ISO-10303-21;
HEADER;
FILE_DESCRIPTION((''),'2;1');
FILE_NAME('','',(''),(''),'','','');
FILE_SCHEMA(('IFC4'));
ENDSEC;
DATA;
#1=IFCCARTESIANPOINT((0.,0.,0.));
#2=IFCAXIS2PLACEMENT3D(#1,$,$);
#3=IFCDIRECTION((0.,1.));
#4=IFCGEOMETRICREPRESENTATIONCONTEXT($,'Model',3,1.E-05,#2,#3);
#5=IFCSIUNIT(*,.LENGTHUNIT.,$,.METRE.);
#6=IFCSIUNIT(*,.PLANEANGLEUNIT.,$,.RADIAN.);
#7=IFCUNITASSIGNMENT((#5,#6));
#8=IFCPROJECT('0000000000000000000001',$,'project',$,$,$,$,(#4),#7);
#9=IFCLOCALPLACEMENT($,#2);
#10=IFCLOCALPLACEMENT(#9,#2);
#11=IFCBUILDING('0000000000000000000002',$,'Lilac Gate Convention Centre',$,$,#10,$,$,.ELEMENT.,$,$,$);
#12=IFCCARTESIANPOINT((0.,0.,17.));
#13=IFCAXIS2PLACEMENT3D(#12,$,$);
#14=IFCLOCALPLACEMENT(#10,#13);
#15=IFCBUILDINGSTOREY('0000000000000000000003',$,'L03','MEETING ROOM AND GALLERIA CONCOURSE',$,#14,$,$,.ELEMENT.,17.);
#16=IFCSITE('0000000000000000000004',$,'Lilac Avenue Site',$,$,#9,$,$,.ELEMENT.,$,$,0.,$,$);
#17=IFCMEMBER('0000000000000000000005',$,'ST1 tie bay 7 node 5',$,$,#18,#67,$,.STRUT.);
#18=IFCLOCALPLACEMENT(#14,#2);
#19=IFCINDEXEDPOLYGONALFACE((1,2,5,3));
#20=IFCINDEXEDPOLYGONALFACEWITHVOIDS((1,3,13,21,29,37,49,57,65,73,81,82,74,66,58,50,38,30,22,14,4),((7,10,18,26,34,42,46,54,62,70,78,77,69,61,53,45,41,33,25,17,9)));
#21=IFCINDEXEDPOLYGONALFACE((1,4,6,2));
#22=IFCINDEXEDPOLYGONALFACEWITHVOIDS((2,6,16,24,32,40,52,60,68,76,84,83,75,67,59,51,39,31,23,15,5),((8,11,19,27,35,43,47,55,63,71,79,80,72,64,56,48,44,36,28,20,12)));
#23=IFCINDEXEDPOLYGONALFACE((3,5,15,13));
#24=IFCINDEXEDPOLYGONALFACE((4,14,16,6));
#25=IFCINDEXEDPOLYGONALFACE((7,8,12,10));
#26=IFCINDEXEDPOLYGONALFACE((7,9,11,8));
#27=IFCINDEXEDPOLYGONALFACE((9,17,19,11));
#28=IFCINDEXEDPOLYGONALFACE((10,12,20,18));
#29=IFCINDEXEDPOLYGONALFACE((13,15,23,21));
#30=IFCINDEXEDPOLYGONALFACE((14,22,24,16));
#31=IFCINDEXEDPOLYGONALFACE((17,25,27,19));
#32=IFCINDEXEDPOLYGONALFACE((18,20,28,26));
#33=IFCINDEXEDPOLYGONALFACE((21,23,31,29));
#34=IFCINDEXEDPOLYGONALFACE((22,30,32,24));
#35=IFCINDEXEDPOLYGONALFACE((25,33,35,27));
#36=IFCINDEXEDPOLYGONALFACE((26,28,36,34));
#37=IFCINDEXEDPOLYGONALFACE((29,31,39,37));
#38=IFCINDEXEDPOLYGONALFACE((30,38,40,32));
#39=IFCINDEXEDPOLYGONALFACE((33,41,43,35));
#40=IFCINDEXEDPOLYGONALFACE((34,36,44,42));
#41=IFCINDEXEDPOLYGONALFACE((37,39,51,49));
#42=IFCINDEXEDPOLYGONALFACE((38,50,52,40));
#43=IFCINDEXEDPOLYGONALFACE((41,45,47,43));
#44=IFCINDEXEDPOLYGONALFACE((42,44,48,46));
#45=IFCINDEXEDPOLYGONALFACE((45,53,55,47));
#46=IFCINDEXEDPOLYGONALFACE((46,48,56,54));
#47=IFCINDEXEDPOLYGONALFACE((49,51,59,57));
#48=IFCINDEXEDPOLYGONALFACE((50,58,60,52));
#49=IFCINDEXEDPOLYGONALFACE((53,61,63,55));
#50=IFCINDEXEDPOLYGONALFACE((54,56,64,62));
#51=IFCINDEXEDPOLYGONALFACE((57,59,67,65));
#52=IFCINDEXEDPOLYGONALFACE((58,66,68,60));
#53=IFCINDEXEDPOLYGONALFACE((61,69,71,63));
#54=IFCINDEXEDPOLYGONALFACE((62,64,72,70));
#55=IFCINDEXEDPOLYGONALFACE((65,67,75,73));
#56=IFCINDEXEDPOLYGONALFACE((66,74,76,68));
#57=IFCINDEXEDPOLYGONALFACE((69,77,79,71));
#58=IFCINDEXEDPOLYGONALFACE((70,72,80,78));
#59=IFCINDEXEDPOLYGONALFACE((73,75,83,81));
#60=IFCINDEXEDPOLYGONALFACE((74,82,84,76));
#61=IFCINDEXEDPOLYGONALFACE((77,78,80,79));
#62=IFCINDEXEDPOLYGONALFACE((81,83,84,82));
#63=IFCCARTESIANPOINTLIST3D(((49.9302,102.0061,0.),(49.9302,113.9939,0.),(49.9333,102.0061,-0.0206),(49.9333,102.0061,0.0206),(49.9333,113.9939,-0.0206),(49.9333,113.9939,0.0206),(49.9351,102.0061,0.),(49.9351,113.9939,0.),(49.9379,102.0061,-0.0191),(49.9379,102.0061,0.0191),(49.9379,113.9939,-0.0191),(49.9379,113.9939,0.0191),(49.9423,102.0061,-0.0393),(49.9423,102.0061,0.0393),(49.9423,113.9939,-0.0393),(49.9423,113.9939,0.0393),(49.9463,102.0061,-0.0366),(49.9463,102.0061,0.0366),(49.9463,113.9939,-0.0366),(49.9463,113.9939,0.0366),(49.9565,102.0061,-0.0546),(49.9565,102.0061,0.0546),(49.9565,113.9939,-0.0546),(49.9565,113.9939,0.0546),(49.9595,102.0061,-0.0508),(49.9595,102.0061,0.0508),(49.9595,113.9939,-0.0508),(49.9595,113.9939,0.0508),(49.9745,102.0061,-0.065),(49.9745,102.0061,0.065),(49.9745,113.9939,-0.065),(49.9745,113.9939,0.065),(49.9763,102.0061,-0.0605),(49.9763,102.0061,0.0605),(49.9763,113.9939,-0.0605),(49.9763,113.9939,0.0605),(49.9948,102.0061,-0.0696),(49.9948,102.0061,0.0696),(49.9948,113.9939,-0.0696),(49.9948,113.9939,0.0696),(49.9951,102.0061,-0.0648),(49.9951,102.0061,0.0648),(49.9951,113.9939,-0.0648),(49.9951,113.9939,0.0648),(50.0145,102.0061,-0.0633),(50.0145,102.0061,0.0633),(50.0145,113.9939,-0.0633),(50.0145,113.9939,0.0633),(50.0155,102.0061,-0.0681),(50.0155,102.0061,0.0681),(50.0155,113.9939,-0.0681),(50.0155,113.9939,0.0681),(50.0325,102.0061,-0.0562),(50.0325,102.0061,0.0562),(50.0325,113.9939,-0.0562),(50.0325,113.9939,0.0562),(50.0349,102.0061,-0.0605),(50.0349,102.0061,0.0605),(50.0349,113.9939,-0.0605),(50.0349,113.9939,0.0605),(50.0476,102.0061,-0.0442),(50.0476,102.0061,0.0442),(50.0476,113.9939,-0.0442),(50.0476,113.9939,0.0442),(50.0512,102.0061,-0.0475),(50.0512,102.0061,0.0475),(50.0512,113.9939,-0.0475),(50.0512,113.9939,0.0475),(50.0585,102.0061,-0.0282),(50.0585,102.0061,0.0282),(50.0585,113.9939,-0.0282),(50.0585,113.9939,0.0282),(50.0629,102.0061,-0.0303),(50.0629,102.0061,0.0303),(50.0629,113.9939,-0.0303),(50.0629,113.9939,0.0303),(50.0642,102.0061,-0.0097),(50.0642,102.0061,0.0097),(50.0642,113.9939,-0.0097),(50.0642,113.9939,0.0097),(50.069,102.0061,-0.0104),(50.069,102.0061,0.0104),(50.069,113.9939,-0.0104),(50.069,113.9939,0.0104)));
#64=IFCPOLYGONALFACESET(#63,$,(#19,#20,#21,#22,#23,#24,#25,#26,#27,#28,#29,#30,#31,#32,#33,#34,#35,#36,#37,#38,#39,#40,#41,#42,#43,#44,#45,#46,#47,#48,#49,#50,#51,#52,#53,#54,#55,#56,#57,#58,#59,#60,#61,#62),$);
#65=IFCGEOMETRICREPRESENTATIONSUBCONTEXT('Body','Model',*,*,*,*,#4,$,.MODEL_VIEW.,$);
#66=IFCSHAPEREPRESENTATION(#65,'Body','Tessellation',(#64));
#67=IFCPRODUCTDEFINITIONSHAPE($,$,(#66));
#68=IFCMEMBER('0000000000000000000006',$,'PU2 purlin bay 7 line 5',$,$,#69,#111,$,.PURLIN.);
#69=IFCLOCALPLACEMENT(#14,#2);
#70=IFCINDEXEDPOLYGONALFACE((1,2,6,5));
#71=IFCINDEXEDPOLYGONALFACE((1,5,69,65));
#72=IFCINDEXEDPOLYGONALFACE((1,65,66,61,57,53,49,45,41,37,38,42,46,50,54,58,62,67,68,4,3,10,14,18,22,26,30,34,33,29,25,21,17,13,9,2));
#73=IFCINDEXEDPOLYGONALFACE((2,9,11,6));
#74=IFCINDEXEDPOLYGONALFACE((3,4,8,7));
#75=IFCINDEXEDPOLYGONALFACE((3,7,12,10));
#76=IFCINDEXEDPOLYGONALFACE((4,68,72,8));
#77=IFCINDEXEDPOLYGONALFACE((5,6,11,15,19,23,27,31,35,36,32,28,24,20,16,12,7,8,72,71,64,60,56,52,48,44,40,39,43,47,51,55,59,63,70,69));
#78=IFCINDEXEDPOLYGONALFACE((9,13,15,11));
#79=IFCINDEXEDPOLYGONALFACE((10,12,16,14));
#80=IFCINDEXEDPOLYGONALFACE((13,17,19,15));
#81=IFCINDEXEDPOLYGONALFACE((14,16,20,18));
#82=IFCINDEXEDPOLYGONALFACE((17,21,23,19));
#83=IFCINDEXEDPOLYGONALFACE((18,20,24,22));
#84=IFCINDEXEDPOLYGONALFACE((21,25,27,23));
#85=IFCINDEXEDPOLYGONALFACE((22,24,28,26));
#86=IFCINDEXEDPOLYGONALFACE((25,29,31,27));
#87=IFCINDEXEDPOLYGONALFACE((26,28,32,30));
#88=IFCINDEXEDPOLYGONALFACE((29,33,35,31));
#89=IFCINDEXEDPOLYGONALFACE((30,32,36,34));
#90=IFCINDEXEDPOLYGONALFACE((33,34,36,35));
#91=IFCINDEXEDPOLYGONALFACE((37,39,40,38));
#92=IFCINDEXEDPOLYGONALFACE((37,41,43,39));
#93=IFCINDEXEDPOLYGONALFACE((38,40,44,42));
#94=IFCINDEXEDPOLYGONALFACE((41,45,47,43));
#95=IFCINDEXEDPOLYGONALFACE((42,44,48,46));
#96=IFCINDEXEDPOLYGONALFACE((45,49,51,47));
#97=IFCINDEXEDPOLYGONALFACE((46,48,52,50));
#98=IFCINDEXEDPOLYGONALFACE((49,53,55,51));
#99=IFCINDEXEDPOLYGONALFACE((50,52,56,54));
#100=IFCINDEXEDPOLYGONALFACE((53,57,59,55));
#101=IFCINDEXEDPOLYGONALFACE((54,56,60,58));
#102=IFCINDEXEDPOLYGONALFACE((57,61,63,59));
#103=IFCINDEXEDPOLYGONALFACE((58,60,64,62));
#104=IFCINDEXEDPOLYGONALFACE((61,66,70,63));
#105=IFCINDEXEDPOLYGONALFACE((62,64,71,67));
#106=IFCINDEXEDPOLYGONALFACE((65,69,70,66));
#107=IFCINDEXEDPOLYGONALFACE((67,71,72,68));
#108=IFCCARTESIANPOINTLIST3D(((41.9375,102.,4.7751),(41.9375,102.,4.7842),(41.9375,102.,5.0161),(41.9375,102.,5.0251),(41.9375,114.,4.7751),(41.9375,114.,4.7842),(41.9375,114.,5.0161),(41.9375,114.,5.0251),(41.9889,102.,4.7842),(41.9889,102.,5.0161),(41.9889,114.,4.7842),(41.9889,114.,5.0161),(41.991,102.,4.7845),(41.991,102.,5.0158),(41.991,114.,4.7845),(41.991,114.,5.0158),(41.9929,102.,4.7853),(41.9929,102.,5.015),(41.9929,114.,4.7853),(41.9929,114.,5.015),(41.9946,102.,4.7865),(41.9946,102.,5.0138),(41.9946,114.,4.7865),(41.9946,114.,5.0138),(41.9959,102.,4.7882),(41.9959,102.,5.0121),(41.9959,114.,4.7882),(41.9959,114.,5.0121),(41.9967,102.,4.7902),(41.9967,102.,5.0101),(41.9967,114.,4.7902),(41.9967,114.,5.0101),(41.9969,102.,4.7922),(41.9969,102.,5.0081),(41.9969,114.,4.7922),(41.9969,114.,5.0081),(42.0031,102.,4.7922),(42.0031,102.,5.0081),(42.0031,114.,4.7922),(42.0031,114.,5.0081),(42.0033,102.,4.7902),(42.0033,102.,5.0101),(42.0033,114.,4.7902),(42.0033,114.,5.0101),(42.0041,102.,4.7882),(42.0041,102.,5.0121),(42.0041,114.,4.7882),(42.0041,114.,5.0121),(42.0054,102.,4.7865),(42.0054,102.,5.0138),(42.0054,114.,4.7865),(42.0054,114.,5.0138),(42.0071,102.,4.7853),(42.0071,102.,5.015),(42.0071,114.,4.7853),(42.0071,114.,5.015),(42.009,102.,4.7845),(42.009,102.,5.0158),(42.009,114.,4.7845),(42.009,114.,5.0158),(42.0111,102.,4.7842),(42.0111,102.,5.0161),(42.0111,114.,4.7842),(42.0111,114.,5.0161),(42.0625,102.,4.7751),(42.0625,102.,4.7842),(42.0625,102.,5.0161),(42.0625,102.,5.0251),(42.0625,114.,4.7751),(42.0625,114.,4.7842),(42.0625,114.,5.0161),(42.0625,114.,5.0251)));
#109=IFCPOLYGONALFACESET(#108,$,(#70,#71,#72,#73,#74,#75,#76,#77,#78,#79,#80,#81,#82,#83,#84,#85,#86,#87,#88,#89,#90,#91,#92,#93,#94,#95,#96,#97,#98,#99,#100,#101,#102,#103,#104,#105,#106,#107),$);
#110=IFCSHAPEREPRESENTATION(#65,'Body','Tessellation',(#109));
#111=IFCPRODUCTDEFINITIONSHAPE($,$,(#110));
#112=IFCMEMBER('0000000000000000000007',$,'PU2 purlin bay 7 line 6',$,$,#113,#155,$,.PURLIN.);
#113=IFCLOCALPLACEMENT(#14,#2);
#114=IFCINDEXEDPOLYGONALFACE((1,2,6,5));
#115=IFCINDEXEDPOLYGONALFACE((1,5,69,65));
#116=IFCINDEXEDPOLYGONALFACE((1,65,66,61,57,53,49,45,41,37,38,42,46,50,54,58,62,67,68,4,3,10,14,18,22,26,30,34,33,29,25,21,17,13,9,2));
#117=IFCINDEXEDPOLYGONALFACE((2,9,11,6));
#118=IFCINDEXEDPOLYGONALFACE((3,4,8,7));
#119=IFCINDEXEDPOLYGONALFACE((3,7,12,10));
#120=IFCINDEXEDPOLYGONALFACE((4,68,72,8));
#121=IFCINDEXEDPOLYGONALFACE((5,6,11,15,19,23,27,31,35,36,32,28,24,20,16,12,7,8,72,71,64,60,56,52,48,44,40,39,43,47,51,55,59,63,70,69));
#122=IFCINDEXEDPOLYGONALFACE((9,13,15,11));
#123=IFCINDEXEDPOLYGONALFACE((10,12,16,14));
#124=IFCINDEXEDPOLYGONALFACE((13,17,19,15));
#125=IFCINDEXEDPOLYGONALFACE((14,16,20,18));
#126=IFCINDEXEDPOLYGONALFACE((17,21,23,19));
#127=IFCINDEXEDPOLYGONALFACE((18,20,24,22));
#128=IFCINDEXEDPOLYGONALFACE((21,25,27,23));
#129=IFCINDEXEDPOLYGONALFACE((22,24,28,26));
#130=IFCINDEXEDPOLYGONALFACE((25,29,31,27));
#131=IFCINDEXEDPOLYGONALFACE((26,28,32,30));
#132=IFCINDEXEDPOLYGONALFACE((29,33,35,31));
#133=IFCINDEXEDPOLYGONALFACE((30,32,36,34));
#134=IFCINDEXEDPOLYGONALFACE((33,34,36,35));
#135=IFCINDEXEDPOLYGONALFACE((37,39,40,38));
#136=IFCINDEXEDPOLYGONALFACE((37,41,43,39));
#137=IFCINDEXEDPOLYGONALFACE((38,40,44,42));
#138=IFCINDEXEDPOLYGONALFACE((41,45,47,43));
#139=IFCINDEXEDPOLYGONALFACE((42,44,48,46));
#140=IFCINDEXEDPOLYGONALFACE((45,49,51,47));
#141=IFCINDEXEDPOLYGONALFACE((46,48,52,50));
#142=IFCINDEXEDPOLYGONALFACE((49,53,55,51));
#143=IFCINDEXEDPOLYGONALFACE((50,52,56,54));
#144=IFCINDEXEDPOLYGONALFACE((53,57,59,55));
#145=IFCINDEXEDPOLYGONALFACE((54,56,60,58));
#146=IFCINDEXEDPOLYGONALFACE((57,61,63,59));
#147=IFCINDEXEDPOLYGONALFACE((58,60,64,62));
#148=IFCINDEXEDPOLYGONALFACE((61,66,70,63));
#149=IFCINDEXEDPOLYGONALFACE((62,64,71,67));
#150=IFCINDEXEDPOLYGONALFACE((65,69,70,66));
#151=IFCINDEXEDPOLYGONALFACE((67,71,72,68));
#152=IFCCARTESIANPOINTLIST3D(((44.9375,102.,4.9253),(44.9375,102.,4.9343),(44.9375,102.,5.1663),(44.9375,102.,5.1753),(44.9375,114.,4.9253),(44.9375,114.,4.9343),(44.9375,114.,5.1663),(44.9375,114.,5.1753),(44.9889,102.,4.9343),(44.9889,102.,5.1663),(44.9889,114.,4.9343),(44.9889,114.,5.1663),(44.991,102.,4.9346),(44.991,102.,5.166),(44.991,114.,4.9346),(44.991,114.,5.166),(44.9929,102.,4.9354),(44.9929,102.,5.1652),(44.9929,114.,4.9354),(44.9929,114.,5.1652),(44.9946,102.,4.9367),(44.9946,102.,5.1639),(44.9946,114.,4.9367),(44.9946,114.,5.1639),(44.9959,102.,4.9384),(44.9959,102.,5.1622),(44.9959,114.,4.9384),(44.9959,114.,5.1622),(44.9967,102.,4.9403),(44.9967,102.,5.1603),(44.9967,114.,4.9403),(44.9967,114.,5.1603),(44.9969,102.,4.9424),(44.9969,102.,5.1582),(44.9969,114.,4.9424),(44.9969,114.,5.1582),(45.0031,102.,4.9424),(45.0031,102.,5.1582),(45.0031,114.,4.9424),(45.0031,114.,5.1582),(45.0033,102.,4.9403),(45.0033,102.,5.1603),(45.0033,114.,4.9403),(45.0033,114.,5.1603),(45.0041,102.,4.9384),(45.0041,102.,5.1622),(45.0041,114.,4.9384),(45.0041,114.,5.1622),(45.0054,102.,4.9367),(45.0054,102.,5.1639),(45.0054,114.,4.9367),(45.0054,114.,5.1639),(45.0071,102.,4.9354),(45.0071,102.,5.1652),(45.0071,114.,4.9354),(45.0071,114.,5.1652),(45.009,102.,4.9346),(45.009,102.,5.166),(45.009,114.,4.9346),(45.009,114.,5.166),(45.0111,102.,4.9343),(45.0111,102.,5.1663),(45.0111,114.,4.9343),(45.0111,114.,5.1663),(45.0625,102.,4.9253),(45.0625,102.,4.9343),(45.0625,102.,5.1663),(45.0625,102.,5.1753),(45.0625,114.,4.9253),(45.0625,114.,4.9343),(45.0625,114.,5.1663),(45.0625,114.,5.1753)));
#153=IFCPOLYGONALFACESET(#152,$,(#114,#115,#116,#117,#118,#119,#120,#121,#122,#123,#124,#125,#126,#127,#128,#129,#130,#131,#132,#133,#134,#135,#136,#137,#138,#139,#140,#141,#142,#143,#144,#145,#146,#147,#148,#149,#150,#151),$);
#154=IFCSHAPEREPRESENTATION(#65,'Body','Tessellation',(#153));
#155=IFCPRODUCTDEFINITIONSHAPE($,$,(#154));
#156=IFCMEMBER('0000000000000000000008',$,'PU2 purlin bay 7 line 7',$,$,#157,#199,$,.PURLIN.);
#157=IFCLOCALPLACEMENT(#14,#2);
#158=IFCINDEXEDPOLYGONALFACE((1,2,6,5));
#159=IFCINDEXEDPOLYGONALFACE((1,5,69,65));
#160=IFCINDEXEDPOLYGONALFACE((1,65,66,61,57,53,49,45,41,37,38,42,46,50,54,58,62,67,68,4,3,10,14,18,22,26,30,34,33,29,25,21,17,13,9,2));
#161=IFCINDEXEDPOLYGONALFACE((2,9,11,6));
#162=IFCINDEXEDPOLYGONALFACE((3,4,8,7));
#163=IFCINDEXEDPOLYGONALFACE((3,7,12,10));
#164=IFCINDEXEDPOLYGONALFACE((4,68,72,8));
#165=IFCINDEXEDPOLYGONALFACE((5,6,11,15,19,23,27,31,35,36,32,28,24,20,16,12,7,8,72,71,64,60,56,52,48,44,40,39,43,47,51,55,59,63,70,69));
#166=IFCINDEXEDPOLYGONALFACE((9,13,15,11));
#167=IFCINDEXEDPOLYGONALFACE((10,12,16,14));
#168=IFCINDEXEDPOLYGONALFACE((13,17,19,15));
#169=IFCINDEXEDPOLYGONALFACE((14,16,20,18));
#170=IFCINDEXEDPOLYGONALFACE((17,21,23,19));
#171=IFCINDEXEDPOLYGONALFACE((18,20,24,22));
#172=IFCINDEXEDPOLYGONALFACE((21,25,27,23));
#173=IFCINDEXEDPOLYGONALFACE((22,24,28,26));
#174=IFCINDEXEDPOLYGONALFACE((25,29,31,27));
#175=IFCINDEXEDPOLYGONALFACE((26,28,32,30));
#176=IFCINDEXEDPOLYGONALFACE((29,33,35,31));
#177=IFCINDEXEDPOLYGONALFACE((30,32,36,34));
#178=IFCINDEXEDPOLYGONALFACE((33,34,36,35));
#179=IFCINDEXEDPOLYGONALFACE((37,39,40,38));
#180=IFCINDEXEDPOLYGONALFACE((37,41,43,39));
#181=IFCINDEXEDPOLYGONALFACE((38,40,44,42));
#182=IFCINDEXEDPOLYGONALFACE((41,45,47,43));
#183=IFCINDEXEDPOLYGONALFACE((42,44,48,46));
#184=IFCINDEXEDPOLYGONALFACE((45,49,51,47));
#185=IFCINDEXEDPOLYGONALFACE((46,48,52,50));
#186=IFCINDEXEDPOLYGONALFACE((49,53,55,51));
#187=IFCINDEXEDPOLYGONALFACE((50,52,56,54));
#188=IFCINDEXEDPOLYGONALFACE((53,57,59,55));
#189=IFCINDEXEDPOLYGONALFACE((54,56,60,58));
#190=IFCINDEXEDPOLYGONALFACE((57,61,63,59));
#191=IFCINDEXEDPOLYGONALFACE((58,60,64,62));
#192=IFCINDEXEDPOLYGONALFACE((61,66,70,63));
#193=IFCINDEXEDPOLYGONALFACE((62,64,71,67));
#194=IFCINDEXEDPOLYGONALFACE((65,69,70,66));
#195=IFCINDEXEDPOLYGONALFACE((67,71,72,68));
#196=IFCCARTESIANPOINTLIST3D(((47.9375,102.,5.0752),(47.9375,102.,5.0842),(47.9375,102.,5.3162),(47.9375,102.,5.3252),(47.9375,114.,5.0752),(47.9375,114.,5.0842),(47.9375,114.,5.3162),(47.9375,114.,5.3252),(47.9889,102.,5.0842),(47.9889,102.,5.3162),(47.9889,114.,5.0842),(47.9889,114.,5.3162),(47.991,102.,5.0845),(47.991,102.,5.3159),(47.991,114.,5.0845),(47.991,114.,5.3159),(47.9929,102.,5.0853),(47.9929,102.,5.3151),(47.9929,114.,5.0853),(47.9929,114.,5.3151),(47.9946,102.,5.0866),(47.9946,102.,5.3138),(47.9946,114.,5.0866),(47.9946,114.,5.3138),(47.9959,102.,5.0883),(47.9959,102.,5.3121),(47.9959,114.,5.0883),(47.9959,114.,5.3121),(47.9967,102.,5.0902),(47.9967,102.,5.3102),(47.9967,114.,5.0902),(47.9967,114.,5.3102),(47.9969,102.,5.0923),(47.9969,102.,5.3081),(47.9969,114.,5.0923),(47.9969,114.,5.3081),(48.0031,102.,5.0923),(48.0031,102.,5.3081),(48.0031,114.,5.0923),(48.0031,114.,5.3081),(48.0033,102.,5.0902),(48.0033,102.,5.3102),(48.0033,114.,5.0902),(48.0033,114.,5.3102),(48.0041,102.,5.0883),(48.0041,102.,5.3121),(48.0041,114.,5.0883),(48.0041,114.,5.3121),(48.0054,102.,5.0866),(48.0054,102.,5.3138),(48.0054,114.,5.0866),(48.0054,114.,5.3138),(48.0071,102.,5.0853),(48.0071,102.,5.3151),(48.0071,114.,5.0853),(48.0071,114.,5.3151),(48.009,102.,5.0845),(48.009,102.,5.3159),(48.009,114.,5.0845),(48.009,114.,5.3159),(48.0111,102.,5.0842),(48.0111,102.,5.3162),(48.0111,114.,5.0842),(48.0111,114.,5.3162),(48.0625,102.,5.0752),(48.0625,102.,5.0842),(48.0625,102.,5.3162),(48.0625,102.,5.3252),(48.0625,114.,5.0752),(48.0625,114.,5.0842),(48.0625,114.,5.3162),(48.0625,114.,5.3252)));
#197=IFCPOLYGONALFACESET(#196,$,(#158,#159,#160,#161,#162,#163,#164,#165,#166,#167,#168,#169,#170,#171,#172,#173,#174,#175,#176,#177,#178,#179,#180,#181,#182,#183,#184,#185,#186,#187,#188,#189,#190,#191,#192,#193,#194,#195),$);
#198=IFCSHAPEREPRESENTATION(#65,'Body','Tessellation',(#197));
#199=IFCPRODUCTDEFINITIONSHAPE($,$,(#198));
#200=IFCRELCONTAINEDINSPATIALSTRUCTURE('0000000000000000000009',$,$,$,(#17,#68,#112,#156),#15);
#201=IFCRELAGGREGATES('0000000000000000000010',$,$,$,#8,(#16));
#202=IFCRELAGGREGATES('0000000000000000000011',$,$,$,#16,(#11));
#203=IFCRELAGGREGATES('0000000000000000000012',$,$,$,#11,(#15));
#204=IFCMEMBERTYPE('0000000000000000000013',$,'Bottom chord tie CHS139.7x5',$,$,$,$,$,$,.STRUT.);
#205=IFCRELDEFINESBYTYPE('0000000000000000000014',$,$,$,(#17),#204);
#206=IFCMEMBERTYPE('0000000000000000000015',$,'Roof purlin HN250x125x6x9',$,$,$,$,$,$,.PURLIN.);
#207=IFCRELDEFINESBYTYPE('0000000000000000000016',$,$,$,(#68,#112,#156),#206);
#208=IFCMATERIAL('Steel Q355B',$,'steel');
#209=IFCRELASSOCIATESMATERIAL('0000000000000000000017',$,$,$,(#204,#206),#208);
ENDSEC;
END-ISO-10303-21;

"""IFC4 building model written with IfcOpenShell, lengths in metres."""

from ifc_helpers import new_model, si_unit, direction, frame, origin, origin_2d, place, context, subcontext, project, spatial, hollow_circle, i_section, extrude, material, material_profile, profile_set, type_object, element, save


model = new_model("IFC4")

# Units and contexts
model_context = context("Model", 3, precision=1e-05, world=origin(), true_north=direction((0.0, 1.0)))
body_context = subcontext(model_context, "Body", "Model", "MODEL_VIEW")
ifc_project = project(units=[si_unit("LENGTHUNIT", "METRE"), si_unit("PLANEANGLEUNIT", "RADIAN")], contexts=[model_context])

# Site, building, storey
site_placement = place(None, origin())
site = spatial("IfcSite", under=ifc_project, at=site_placement, Name="Lilac Avenue Site", CompositionType="ELEMENT", RefElevation=0.0)
building_placement = place(site_placement, origin())
building = spatial("IfcBuilding", under=site, at=building_placement, Name="Lilac Gate Convention Centre", CompositionType="ELEMENT")
storey_placement = place(building_placement, frame((0.0, 0.0, 17.0)))
storey = spatial("IfcBuildingStorey", under=building, at=storey_placement, Name="L03", Description="MEETING ROOM AND GALLERIA CONCOURSE", CompositionType="ELEMENT", Elevation=17.0)

# Members
ifc_material = material(Name="Steel Q355B", Category="steel")
ifc_material_profile_1 = material_profile(ifc_material, hollow_circle(Radius=0.0698, WallThickness=0.0049, at=origin_2d()), Name="CHS139.7x5")
ifc_profile_set_1 = profile_set([ifc_material_profile_1], Name="Steel Q355B")
member_type_1 = type_object("IfcMemberType", Name="Bottom chord tie CHS139.7x5", PredefinedType="STRUT", material=ifc_profile_set_1)
for number, where, z_axis, x_axis, name in (
    (1, (50.0, 102.0061, 0.0), (0.0, 1.0, 0.0), (-1.0, 0.0, 0.0), "ST1 tie bay 7 node 5"),
):
    element("IfcMember", number, at=place(storey_placement, frame(where, z_axis=z_axis, x_axis=x_axis)), inside=storey, type_object=member_type_1, Name=name, PredefinedType="STRUT", context=body_context, shape_type="SweptSolid", body=[
        extrude(hollow_circle(Radius=0.0698, WallThickness=0.0049, at=origin_2d()), origin(), (0.0, 0.0, 1.0), 11.9878),
    ])
ifc_material_profile_2 = material_profile(ifc_material, i_section(OverallWidth=0.125, OverallDepth=0.25, WebThickness=0.0061, FlangeThickness=0.009, FilletRadius=0.0081, at=origin_2d()), Name="HN250x125x6x9")
ifc_profile_set_2 = profile_set([ifc_material_profile_2], Name="Steel Q355B")
member_type_2 = type_object("IfcMemberType", Name="Roof purlin HN250x125x6x9", PredefinedType="PURLIN", material=ifc_profile_set_2)
for number, where, z_axis, x_axis, name in (
    (2, (42.0, 102.0, 4.9001), (0.0, 1.0, 0.0), (-1.0, 0.0, 0.0), "PU2 purlin bay 7 line 5"),
    (3, (45.0, 102.0, 5.0503), (0.0, 1.0, 0.0), (-1.0, 0.0, 0.0), "PU2 purlin bay 7 line 6"),
    (4, (48.0, 102.0, 5.2002), (0.0, 1.0, 0.0), (-1.0, 0.0, 0.0), "PU2 purlin bay 7 line 7"),
):
    element("IfcMember", number, at=place(storey_placement, frame(where, z_axis=z_axis, x_axis=x_axis)), inside=storey, type_object=member_type_2, Name=name, PredefinedType="PURLIN", context=body_context, shape_type="SweptSolid", body=[
        extrude(i_section(OverallWidth=0.125, OverallDepth=0.25, WebThickness=0.0061, FlangeThickness=0.009, FilletRadius=0.0081, at=origin_2d()), origin(), (0.0, 0.0, 1.0), 12.0),
    ])

save(model, "model.ifc")
